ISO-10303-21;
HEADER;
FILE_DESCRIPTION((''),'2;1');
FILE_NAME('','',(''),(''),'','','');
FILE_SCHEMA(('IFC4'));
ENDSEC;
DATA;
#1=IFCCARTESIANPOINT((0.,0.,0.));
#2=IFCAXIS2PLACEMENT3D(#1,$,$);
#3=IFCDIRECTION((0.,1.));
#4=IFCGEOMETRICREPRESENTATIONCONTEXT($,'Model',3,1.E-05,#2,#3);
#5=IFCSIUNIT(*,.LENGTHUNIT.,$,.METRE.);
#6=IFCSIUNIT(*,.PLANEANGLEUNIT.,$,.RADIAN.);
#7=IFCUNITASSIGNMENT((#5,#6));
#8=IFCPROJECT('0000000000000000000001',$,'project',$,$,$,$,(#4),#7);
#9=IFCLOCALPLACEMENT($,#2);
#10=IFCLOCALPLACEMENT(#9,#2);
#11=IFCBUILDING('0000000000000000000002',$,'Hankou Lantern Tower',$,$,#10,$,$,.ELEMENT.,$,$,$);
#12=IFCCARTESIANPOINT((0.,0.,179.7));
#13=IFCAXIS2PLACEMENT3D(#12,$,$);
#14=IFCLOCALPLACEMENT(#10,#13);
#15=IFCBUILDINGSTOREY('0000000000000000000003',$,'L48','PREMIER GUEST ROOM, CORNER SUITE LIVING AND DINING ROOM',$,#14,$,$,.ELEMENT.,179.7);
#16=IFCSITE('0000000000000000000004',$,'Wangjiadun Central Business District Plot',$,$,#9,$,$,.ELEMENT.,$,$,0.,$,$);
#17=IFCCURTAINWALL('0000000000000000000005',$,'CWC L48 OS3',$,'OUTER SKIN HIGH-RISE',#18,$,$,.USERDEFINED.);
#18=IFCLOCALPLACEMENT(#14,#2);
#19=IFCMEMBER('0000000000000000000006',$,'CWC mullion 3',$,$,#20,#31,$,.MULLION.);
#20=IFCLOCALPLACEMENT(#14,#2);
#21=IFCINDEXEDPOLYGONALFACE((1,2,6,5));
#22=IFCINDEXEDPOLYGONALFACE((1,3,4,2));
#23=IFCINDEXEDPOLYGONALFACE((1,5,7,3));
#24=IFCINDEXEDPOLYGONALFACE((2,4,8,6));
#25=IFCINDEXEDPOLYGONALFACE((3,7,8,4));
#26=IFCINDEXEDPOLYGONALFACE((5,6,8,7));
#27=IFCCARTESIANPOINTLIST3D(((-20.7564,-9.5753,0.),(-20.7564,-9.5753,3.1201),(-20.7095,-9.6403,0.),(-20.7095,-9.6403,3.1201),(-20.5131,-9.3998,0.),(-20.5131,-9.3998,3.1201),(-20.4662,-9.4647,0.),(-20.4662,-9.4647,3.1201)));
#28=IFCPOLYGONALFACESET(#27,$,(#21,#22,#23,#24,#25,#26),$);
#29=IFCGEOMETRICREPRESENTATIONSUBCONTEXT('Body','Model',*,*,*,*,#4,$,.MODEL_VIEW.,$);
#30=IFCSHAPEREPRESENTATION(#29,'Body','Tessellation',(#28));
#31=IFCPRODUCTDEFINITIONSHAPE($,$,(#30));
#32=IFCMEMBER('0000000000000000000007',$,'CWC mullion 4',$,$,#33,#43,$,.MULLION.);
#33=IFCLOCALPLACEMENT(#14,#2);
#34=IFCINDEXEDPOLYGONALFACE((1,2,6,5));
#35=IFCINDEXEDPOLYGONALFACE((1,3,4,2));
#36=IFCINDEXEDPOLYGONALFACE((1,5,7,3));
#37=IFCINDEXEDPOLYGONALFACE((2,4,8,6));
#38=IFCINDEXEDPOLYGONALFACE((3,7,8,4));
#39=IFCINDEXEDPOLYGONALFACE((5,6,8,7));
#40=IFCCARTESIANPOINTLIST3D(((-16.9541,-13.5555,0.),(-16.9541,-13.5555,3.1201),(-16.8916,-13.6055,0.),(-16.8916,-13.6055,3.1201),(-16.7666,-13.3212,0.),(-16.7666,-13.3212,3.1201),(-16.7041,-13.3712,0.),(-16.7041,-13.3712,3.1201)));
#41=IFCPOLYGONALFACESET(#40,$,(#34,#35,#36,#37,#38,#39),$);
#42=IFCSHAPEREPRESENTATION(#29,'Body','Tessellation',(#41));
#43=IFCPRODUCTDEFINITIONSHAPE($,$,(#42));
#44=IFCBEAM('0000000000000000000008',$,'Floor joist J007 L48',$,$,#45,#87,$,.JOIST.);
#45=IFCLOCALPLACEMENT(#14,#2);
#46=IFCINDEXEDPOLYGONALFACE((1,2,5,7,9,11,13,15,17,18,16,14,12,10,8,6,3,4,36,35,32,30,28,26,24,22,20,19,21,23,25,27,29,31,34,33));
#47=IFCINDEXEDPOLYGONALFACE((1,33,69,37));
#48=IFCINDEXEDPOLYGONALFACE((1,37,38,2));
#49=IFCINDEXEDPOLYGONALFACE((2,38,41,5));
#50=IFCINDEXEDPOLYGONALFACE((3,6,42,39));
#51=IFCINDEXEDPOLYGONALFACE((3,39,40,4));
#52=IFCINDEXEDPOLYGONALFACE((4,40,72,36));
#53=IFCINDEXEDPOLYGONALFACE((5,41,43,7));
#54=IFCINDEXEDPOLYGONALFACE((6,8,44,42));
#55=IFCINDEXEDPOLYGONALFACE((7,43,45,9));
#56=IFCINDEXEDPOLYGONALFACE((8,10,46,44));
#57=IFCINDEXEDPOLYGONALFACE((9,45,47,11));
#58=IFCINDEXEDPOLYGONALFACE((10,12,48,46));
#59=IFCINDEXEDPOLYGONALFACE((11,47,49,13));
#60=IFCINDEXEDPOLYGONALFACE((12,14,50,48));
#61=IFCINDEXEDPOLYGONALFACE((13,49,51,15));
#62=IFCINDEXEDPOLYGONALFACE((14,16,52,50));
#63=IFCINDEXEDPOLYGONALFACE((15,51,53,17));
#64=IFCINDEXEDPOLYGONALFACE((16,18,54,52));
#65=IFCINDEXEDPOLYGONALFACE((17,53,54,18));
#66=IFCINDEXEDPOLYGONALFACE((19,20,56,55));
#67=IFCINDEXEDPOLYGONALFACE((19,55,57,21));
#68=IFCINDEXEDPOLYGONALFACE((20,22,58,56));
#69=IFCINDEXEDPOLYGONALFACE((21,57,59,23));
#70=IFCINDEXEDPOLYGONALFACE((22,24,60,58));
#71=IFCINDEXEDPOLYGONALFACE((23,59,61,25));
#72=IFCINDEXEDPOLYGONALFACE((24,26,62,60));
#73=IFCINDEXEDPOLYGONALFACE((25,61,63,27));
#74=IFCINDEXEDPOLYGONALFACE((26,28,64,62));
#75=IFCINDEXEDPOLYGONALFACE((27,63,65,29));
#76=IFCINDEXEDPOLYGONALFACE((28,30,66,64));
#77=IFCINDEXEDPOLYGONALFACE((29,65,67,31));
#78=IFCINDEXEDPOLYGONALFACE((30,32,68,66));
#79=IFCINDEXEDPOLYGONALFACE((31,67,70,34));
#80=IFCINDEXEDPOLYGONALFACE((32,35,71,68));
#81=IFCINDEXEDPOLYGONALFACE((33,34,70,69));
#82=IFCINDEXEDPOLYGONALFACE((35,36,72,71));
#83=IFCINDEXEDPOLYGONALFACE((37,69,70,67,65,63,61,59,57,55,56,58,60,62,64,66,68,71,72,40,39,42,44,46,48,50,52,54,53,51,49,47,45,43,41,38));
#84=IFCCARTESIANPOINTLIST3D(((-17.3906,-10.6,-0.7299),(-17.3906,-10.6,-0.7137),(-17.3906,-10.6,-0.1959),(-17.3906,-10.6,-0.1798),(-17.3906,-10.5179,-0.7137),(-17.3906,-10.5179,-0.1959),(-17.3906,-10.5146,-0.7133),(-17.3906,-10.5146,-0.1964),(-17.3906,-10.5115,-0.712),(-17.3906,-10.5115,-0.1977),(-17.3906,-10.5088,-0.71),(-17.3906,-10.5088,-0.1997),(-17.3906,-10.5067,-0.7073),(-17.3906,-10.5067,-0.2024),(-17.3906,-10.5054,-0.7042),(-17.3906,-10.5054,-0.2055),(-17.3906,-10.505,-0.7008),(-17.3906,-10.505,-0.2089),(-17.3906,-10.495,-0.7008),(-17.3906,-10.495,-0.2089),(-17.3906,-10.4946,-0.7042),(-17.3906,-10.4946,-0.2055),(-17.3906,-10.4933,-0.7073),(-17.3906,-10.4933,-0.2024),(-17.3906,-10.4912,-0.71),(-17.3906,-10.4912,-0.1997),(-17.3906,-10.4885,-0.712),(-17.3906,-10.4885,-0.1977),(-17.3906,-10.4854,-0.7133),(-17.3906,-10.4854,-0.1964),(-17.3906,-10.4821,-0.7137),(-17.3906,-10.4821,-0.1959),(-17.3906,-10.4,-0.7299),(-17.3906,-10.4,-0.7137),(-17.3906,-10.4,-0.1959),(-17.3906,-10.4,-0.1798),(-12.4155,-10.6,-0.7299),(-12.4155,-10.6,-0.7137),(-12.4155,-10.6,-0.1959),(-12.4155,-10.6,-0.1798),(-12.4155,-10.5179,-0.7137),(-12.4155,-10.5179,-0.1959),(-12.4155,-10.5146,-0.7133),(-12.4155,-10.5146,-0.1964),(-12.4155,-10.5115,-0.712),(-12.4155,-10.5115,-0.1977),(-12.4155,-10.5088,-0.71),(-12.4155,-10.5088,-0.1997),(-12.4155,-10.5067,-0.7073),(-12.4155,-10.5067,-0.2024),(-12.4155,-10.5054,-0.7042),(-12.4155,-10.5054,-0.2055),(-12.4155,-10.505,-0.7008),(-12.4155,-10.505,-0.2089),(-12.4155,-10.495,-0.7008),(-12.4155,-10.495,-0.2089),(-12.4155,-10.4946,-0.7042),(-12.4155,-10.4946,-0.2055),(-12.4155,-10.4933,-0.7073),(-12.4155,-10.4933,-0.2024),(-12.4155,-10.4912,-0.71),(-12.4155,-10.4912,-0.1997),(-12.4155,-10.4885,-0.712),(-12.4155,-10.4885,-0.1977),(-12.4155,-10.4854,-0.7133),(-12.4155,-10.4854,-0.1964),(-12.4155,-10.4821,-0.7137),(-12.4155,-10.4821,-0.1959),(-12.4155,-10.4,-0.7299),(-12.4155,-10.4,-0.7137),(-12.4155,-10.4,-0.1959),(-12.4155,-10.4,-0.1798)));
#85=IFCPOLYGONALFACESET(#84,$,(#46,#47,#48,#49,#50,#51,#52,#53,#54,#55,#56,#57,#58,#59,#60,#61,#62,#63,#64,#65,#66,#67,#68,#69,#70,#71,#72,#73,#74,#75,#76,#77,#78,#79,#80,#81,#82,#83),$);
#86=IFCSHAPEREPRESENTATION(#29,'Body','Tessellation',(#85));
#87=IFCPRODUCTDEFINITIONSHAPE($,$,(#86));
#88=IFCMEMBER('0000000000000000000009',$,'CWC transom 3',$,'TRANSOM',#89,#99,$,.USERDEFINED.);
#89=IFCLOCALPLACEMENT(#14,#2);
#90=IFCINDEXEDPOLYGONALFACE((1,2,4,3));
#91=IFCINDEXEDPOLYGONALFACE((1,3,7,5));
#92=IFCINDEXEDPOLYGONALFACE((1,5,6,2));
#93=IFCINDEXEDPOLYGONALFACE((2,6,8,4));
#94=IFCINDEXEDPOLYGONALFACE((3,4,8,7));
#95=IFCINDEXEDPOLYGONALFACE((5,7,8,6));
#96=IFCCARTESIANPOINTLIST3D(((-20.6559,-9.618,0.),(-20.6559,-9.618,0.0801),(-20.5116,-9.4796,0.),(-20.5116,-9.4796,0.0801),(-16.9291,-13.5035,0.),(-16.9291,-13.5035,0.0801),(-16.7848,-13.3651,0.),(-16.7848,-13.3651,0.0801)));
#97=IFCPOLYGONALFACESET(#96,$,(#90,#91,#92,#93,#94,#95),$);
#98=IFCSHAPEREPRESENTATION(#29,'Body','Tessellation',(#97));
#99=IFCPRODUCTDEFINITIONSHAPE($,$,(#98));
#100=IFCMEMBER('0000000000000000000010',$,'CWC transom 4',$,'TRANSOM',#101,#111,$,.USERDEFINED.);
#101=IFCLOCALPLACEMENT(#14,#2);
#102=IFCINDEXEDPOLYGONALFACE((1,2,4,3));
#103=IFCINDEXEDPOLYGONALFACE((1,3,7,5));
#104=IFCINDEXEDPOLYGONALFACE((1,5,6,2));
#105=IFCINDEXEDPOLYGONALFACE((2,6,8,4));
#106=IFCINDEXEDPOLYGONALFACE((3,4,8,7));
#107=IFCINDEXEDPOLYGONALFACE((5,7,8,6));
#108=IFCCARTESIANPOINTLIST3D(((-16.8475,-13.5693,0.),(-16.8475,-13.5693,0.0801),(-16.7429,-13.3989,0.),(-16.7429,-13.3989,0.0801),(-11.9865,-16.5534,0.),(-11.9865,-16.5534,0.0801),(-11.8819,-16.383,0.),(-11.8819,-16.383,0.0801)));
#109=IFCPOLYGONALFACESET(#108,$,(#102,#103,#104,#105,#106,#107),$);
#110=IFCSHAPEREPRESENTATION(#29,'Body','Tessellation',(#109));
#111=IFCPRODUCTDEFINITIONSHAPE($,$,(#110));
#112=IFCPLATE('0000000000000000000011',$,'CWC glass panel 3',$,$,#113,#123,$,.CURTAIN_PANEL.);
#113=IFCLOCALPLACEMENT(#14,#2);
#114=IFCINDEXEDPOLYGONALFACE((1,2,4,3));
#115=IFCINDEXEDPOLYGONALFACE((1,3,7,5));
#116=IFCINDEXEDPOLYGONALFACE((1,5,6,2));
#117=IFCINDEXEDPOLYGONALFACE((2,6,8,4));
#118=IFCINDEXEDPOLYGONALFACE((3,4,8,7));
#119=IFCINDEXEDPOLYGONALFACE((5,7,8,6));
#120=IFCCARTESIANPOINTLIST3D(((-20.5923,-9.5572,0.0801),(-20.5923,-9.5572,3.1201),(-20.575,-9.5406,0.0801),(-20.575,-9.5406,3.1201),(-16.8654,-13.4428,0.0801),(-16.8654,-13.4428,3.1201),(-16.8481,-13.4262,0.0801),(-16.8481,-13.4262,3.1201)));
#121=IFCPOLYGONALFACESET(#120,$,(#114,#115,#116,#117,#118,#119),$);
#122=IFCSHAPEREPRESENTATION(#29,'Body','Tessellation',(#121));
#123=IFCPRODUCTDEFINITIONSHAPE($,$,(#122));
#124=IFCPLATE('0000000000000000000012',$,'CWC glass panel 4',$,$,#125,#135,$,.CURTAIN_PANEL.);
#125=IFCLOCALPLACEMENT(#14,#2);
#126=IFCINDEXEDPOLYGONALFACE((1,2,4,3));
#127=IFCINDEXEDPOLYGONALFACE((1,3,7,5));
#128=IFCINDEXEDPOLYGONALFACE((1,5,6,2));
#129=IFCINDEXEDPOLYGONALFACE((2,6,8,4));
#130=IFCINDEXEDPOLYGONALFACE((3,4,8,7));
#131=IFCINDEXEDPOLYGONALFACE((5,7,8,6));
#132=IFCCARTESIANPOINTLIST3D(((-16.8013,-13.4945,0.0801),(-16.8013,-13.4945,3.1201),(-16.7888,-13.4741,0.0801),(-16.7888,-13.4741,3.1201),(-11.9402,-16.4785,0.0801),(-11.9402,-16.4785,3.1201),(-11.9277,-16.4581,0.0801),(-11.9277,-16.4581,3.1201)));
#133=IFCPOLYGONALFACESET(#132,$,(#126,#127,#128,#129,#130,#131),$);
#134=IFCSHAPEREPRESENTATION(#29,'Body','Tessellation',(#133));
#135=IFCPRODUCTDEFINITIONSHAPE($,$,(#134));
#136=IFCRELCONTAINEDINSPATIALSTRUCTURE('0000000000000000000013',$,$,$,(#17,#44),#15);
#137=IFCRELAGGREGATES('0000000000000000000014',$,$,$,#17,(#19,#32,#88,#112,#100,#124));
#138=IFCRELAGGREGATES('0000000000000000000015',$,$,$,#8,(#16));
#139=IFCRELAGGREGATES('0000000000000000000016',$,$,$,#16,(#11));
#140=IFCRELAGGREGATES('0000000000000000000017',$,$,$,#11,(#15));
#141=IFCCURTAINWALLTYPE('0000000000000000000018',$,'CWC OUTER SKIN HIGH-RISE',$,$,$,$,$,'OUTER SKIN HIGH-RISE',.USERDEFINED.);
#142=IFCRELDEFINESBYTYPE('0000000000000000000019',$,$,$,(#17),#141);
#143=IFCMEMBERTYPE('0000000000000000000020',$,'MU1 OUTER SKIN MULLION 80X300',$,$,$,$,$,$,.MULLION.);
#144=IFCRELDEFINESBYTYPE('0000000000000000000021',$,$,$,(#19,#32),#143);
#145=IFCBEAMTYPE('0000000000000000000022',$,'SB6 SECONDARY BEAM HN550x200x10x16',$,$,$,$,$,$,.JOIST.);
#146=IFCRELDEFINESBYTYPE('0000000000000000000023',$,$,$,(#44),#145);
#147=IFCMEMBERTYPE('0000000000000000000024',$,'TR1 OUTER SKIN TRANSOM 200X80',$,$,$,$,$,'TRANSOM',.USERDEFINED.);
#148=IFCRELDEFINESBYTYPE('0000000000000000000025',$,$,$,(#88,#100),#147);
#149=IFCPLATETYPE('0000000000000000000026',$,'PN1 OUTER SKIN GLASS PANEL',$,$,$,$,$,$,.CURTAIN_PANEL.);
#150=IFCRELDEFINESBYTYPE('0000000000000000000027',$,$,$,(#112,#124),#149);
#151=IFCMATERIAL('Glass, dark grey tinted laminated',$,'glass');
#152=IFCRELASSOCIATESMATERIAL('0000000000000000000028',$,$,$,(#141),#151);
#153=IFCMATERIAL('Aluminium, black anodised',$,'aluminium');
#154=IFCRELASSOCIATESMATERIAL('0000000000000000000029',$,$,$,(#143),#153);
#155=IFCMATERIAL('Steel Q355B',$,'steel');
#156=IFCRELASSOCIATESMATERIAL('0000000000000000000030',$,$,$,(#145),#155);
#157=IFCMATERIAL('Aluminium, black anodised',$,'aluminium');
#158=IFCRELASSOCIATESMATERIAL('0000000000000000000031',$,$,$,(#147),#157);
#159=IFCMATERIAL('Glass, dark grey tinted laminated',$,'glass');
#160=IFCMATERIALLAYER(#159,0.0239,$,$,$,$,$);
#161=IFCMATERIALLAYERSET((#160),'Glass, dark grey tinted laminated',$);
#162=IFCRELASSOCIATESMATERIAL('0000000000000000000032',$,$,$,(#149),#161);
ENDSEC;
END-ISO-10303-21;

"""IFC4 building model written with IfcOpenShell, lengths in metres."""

from ifc_helpers import new_model, si_unit, direction, frame, origin, origin_2d, place, context, subcontext, project, spatial, rectangle, i_section, extrude, material, layer, layer_set, material_profile, profile_set, type_object, element, aggregate, save


model = new_model("IFC4")

# Units and contexts
model_context = context("Model", 3, precision=1e-05, world=origin(), true_north=direction((0.0, 1.0)))
body_context = subcontext(model_context, "Body", "Model", "MODEL_VIEW")
ifc_project = project(units=[si_unit("LENGTHUNIT", "METRE"), si_unit("PLANEANGLEUNIT", "RADIAN")], contexts=[model_context])

# Site, building, storey
site_placement = place(None, origin())
site = spatial("IfcSite", under=ifc_project, at=site_placement, Name="Wangjiadun Central Business District Plot", CompositionType="ELEMENT", RefElevation=0.0)
building_placement = place(site_placement, origin())
building = spatial("IfcBuilding", under=site, at=building_placement, Name="Hankou Lantern Tower", CompositionType="ELEMENT")
storey_placement = place(building_placement, frame((0.0, 0.0, 179.7)))
storey = spatial("IfcBuildingStorey", under=building, at=storey_placement, Name="L48", Description="PREMIER GUEST ROOM, CORNER SUITE LIVING AND DINING ROOM", CompositionType="ELEMENT", Elevation=179.7)

# Curtain wall, members
ifc_material_1 = material(Name="Glass, dark grey tinted laminated", Category="glass")
curtain_wall_type = type_object("IfcCurtainWallType", Name="CWC OUTER SKIN HIGH-RISE", ElementType="OUTER SKIN HIGH-RISE", PredefinedType="USERDEFINED", material=ifc_material_1)
curtain_wall_placement = place(storey_placement, origin())
curtain_wall = element("IfcCurtainWall", 1, at=curtain_wall_placement, inside=storey, type_object=curtain_wall_type, Name="CWC L48 OS3", ObjectType="OUTER SKIN HIGH-RISE", PredefinedType="USERDEFINED")
ifc_material_2 = material(Name="Aluminium, black anodised", Category="aluminium")
ifc_material_profile_1 = material_profile(ifc_material_2, rectangle(XDim=0.0801, YDim=0.3, at=origin_2d()), Name="MU1 80X300")
ifc_profile_set_1 = profile_set([ifc_material_profile_1], Name="Aluminium, black anodised")
member_type_1 = type_object("IfcMemberType", Name="MU1 OUTER SKIN MULLION 80X300", PredefinedType="MULLION", material=ifc_profile_set_1)
member_1_placement = place(storey_placement, frame((-20.6113, -9.52, 0.0), z_axis=(0.0, 0.0, 1.0), x_axis=(0.585206, -0.810885, 0.0)))
member_1 = element("IfcMember", 2, at=member_1_placement, type_object=member_type_1, Name="CWC mullion 3", PredefinedType="MULLION", context=body_context, shape_type="SweptSolid", body=[
    extrude(rectangle(XDim=0.0801, YDim=0.3, at=origin_2d()), origin(), (0.0, 0.0, 1.0), 3.1201),
])
member_2_placement = place(storey_placement, frame((-16.8291, -13.4634, 0.0), z_axis=(0.0, 0.0, 1.0), x_axis=(0.780869, -0.624695, 0.0)))
member_2 = element("IfcMember", 3, at=member_2_placement, type_object=member_type_1, Name="CWC mullion 4", PredefinedType="MULLION", context=body_context, shape_type="SweptSolid", body=[
    extrude(rectangle(XDim=0.0801, YDim=0.3, at=origin_2d()), origin(), (0.0, 0.0, 1.0), 3.1201),
])

# Beam
ifc_material_3 = material(Name="Steel Q355B", Category="steel")
ifc_material_profile_2 = material_profile(ifc_material_3, i_section(OverallWidth=0.2, OverallDepth=0.55, WebThickness=0.01, FlangeThickness=0.0161, FilletRadius=0.0129, at=origin_2d()), Name="HN550x200x10x16")
ifc_profile_set_2 = profile_set([ifc_material_profile_2], Name="Steel Q355B")
beam_type_1 = type_object("IfcBeamType", Name="SB6 SECONDARY BEAM HN550x200x10x16", PredefinedType="JOIST", material=ifc_profile_set_2)
beam_1_placement = place(storey_placement, frame((-17.3906, -10.5, -0.4548), z_axis=(1.0, 0.0, 0.0), x_axis=(0.0, 1.0, 0.0)))
element("IfcBeam", 4, at=beam_1_placement, inside=storey, type_object=beam_type_1, Name="Floor joist J007 L48", PredefinedType="JOIST", context=body_context, shape_type="SweptSolid", body=[
    extrude(i_section(OverallWidth=0.2, OverallDepth=0.55, WebThickness=0.01, FlangeThickness=0.0161, FilletRadius=0.0129, at=origin_2d()), origin(), (0.0, 0.0, 1.0), 4.9751),
])

# Members
ifc_material_4 = material(Name="Aluminium, black anodised", Category="aluminium")
ifc_material_profile_3 = material_profile(ifc_material_4, rectangle(XDim=0.2, YDim=0.0801, at=origin_2d()), Name="TR1 200X80")
ifc_profile_set_3 = profile_set([ifc_material_profile_3], Name="Aluminium, black anodised")
member_type_2 = type_object("IfcMemberType", Name="TR1 OUTER SKIN TRANSOM 200X80", ElementType="TRANSOM", PredefinedType="USERDEFINED", material=ifc_profile_set_3)
member_3_placement = place(storey_placement, frame((-20.5837, -9.5488, 0.04), z_axis=(0.692216, -0.721691, 0.0), x_axis=(0.721691, 0.692216, 0.0)))
member_3 = element("IfcMember", 5, at=member_3_placement, type_object=member_type_2, Name="CWC transom 3", ObjectType="TRANSOM", PredefinedType="USERDEFINED", context=body_context, shape_type="SweptSolid", body=[
    extrude(rectangle(XDim=0.2, YDim=0.0801, at=origin_2d()), origin(), (0.0, 0.0, 1.0), 5.3838),
])
member_4_placement = place(storey_placement, frame((-16.7952, -13.4841, 0.04), z_axis=(0.852229, -0.523168, 0.0), x_axis=(0.523168, 0.852229, 0.0)))
member_4 = element("IfcMember", 6, at=member_4_placement, type_object=member_type_2, Name="CWC transom 4", ObjectType="TRANSOM", PredefinedType="USERDEFINED", context=body_context, shape_type="SweptSolid", body=[
    extrude(rectangle(XDim=0.2, YDim=0.0801, at=origin_2d()), origin(), (0.0, 0.0, 1.0), 5.7039),
])

# Plates
ifc_material_5 = material(Name="Glass, dark grey tinted laminated", Category="glass")
ifc_layer_1 = layer(ifc_material_5, 0.0239)
ifc_layer_set_1 = layer_set([ifc_layer_1], Name="Glass, dark grey tinted laminated")
plate_type = type_object("IfcPlateType", Name="PN1 OUTER SKIN GLASS PANEL", PredefinedType="CURTAIN_PANEL", material=ifc_layer_set_1)
plate_1_placement = place(storey_placement, frame((-18.7202, -11.4917, 0.0801), z_axis=(0.0, 0.0, 1.0), x_axis=(0.692216, -0.721691, 0.0)))
plate_1 = element("IfcPlate", 7, at=plate_1_placement, type_object=plate_type, Name="CWC glass panel 3", PredefinedType="CURTAIN_PANEL", context=body_context, shape_type="SweptSolid", body=[
    extrude(rectangle(XDim=5.384, YDim=0.0239, at=origin_2d()), origin(), (0.0, 0.0, 1.0), 3.04),
])
plate_2_placement = place(storey_placement, frame((-14.3645, -14.9763, 0.0801), z_axis=(0.0, 0.0, 1.0), x_axis=(0.852237, -0.523156, 0.0)))
plate_2 = element("IfcPlate", 8, at=plate_2_placement, type_object=plate_type, Name="CWC glass panel 4", PredefinedType="CURTAIN_PANEL", context=body_context, shape_type="SweptSolid", body=[
    extrude(rectangle(XDim=5.7039, YDim=0.0239, at=origin_2d()), origin(), (0.0, 0.0, 1.0), 3.04),
])
aggregate(curtain_wall, [member_1, member_2, member_3, plate_1, member_4, plate_2])

save(model, "model.ifc")
